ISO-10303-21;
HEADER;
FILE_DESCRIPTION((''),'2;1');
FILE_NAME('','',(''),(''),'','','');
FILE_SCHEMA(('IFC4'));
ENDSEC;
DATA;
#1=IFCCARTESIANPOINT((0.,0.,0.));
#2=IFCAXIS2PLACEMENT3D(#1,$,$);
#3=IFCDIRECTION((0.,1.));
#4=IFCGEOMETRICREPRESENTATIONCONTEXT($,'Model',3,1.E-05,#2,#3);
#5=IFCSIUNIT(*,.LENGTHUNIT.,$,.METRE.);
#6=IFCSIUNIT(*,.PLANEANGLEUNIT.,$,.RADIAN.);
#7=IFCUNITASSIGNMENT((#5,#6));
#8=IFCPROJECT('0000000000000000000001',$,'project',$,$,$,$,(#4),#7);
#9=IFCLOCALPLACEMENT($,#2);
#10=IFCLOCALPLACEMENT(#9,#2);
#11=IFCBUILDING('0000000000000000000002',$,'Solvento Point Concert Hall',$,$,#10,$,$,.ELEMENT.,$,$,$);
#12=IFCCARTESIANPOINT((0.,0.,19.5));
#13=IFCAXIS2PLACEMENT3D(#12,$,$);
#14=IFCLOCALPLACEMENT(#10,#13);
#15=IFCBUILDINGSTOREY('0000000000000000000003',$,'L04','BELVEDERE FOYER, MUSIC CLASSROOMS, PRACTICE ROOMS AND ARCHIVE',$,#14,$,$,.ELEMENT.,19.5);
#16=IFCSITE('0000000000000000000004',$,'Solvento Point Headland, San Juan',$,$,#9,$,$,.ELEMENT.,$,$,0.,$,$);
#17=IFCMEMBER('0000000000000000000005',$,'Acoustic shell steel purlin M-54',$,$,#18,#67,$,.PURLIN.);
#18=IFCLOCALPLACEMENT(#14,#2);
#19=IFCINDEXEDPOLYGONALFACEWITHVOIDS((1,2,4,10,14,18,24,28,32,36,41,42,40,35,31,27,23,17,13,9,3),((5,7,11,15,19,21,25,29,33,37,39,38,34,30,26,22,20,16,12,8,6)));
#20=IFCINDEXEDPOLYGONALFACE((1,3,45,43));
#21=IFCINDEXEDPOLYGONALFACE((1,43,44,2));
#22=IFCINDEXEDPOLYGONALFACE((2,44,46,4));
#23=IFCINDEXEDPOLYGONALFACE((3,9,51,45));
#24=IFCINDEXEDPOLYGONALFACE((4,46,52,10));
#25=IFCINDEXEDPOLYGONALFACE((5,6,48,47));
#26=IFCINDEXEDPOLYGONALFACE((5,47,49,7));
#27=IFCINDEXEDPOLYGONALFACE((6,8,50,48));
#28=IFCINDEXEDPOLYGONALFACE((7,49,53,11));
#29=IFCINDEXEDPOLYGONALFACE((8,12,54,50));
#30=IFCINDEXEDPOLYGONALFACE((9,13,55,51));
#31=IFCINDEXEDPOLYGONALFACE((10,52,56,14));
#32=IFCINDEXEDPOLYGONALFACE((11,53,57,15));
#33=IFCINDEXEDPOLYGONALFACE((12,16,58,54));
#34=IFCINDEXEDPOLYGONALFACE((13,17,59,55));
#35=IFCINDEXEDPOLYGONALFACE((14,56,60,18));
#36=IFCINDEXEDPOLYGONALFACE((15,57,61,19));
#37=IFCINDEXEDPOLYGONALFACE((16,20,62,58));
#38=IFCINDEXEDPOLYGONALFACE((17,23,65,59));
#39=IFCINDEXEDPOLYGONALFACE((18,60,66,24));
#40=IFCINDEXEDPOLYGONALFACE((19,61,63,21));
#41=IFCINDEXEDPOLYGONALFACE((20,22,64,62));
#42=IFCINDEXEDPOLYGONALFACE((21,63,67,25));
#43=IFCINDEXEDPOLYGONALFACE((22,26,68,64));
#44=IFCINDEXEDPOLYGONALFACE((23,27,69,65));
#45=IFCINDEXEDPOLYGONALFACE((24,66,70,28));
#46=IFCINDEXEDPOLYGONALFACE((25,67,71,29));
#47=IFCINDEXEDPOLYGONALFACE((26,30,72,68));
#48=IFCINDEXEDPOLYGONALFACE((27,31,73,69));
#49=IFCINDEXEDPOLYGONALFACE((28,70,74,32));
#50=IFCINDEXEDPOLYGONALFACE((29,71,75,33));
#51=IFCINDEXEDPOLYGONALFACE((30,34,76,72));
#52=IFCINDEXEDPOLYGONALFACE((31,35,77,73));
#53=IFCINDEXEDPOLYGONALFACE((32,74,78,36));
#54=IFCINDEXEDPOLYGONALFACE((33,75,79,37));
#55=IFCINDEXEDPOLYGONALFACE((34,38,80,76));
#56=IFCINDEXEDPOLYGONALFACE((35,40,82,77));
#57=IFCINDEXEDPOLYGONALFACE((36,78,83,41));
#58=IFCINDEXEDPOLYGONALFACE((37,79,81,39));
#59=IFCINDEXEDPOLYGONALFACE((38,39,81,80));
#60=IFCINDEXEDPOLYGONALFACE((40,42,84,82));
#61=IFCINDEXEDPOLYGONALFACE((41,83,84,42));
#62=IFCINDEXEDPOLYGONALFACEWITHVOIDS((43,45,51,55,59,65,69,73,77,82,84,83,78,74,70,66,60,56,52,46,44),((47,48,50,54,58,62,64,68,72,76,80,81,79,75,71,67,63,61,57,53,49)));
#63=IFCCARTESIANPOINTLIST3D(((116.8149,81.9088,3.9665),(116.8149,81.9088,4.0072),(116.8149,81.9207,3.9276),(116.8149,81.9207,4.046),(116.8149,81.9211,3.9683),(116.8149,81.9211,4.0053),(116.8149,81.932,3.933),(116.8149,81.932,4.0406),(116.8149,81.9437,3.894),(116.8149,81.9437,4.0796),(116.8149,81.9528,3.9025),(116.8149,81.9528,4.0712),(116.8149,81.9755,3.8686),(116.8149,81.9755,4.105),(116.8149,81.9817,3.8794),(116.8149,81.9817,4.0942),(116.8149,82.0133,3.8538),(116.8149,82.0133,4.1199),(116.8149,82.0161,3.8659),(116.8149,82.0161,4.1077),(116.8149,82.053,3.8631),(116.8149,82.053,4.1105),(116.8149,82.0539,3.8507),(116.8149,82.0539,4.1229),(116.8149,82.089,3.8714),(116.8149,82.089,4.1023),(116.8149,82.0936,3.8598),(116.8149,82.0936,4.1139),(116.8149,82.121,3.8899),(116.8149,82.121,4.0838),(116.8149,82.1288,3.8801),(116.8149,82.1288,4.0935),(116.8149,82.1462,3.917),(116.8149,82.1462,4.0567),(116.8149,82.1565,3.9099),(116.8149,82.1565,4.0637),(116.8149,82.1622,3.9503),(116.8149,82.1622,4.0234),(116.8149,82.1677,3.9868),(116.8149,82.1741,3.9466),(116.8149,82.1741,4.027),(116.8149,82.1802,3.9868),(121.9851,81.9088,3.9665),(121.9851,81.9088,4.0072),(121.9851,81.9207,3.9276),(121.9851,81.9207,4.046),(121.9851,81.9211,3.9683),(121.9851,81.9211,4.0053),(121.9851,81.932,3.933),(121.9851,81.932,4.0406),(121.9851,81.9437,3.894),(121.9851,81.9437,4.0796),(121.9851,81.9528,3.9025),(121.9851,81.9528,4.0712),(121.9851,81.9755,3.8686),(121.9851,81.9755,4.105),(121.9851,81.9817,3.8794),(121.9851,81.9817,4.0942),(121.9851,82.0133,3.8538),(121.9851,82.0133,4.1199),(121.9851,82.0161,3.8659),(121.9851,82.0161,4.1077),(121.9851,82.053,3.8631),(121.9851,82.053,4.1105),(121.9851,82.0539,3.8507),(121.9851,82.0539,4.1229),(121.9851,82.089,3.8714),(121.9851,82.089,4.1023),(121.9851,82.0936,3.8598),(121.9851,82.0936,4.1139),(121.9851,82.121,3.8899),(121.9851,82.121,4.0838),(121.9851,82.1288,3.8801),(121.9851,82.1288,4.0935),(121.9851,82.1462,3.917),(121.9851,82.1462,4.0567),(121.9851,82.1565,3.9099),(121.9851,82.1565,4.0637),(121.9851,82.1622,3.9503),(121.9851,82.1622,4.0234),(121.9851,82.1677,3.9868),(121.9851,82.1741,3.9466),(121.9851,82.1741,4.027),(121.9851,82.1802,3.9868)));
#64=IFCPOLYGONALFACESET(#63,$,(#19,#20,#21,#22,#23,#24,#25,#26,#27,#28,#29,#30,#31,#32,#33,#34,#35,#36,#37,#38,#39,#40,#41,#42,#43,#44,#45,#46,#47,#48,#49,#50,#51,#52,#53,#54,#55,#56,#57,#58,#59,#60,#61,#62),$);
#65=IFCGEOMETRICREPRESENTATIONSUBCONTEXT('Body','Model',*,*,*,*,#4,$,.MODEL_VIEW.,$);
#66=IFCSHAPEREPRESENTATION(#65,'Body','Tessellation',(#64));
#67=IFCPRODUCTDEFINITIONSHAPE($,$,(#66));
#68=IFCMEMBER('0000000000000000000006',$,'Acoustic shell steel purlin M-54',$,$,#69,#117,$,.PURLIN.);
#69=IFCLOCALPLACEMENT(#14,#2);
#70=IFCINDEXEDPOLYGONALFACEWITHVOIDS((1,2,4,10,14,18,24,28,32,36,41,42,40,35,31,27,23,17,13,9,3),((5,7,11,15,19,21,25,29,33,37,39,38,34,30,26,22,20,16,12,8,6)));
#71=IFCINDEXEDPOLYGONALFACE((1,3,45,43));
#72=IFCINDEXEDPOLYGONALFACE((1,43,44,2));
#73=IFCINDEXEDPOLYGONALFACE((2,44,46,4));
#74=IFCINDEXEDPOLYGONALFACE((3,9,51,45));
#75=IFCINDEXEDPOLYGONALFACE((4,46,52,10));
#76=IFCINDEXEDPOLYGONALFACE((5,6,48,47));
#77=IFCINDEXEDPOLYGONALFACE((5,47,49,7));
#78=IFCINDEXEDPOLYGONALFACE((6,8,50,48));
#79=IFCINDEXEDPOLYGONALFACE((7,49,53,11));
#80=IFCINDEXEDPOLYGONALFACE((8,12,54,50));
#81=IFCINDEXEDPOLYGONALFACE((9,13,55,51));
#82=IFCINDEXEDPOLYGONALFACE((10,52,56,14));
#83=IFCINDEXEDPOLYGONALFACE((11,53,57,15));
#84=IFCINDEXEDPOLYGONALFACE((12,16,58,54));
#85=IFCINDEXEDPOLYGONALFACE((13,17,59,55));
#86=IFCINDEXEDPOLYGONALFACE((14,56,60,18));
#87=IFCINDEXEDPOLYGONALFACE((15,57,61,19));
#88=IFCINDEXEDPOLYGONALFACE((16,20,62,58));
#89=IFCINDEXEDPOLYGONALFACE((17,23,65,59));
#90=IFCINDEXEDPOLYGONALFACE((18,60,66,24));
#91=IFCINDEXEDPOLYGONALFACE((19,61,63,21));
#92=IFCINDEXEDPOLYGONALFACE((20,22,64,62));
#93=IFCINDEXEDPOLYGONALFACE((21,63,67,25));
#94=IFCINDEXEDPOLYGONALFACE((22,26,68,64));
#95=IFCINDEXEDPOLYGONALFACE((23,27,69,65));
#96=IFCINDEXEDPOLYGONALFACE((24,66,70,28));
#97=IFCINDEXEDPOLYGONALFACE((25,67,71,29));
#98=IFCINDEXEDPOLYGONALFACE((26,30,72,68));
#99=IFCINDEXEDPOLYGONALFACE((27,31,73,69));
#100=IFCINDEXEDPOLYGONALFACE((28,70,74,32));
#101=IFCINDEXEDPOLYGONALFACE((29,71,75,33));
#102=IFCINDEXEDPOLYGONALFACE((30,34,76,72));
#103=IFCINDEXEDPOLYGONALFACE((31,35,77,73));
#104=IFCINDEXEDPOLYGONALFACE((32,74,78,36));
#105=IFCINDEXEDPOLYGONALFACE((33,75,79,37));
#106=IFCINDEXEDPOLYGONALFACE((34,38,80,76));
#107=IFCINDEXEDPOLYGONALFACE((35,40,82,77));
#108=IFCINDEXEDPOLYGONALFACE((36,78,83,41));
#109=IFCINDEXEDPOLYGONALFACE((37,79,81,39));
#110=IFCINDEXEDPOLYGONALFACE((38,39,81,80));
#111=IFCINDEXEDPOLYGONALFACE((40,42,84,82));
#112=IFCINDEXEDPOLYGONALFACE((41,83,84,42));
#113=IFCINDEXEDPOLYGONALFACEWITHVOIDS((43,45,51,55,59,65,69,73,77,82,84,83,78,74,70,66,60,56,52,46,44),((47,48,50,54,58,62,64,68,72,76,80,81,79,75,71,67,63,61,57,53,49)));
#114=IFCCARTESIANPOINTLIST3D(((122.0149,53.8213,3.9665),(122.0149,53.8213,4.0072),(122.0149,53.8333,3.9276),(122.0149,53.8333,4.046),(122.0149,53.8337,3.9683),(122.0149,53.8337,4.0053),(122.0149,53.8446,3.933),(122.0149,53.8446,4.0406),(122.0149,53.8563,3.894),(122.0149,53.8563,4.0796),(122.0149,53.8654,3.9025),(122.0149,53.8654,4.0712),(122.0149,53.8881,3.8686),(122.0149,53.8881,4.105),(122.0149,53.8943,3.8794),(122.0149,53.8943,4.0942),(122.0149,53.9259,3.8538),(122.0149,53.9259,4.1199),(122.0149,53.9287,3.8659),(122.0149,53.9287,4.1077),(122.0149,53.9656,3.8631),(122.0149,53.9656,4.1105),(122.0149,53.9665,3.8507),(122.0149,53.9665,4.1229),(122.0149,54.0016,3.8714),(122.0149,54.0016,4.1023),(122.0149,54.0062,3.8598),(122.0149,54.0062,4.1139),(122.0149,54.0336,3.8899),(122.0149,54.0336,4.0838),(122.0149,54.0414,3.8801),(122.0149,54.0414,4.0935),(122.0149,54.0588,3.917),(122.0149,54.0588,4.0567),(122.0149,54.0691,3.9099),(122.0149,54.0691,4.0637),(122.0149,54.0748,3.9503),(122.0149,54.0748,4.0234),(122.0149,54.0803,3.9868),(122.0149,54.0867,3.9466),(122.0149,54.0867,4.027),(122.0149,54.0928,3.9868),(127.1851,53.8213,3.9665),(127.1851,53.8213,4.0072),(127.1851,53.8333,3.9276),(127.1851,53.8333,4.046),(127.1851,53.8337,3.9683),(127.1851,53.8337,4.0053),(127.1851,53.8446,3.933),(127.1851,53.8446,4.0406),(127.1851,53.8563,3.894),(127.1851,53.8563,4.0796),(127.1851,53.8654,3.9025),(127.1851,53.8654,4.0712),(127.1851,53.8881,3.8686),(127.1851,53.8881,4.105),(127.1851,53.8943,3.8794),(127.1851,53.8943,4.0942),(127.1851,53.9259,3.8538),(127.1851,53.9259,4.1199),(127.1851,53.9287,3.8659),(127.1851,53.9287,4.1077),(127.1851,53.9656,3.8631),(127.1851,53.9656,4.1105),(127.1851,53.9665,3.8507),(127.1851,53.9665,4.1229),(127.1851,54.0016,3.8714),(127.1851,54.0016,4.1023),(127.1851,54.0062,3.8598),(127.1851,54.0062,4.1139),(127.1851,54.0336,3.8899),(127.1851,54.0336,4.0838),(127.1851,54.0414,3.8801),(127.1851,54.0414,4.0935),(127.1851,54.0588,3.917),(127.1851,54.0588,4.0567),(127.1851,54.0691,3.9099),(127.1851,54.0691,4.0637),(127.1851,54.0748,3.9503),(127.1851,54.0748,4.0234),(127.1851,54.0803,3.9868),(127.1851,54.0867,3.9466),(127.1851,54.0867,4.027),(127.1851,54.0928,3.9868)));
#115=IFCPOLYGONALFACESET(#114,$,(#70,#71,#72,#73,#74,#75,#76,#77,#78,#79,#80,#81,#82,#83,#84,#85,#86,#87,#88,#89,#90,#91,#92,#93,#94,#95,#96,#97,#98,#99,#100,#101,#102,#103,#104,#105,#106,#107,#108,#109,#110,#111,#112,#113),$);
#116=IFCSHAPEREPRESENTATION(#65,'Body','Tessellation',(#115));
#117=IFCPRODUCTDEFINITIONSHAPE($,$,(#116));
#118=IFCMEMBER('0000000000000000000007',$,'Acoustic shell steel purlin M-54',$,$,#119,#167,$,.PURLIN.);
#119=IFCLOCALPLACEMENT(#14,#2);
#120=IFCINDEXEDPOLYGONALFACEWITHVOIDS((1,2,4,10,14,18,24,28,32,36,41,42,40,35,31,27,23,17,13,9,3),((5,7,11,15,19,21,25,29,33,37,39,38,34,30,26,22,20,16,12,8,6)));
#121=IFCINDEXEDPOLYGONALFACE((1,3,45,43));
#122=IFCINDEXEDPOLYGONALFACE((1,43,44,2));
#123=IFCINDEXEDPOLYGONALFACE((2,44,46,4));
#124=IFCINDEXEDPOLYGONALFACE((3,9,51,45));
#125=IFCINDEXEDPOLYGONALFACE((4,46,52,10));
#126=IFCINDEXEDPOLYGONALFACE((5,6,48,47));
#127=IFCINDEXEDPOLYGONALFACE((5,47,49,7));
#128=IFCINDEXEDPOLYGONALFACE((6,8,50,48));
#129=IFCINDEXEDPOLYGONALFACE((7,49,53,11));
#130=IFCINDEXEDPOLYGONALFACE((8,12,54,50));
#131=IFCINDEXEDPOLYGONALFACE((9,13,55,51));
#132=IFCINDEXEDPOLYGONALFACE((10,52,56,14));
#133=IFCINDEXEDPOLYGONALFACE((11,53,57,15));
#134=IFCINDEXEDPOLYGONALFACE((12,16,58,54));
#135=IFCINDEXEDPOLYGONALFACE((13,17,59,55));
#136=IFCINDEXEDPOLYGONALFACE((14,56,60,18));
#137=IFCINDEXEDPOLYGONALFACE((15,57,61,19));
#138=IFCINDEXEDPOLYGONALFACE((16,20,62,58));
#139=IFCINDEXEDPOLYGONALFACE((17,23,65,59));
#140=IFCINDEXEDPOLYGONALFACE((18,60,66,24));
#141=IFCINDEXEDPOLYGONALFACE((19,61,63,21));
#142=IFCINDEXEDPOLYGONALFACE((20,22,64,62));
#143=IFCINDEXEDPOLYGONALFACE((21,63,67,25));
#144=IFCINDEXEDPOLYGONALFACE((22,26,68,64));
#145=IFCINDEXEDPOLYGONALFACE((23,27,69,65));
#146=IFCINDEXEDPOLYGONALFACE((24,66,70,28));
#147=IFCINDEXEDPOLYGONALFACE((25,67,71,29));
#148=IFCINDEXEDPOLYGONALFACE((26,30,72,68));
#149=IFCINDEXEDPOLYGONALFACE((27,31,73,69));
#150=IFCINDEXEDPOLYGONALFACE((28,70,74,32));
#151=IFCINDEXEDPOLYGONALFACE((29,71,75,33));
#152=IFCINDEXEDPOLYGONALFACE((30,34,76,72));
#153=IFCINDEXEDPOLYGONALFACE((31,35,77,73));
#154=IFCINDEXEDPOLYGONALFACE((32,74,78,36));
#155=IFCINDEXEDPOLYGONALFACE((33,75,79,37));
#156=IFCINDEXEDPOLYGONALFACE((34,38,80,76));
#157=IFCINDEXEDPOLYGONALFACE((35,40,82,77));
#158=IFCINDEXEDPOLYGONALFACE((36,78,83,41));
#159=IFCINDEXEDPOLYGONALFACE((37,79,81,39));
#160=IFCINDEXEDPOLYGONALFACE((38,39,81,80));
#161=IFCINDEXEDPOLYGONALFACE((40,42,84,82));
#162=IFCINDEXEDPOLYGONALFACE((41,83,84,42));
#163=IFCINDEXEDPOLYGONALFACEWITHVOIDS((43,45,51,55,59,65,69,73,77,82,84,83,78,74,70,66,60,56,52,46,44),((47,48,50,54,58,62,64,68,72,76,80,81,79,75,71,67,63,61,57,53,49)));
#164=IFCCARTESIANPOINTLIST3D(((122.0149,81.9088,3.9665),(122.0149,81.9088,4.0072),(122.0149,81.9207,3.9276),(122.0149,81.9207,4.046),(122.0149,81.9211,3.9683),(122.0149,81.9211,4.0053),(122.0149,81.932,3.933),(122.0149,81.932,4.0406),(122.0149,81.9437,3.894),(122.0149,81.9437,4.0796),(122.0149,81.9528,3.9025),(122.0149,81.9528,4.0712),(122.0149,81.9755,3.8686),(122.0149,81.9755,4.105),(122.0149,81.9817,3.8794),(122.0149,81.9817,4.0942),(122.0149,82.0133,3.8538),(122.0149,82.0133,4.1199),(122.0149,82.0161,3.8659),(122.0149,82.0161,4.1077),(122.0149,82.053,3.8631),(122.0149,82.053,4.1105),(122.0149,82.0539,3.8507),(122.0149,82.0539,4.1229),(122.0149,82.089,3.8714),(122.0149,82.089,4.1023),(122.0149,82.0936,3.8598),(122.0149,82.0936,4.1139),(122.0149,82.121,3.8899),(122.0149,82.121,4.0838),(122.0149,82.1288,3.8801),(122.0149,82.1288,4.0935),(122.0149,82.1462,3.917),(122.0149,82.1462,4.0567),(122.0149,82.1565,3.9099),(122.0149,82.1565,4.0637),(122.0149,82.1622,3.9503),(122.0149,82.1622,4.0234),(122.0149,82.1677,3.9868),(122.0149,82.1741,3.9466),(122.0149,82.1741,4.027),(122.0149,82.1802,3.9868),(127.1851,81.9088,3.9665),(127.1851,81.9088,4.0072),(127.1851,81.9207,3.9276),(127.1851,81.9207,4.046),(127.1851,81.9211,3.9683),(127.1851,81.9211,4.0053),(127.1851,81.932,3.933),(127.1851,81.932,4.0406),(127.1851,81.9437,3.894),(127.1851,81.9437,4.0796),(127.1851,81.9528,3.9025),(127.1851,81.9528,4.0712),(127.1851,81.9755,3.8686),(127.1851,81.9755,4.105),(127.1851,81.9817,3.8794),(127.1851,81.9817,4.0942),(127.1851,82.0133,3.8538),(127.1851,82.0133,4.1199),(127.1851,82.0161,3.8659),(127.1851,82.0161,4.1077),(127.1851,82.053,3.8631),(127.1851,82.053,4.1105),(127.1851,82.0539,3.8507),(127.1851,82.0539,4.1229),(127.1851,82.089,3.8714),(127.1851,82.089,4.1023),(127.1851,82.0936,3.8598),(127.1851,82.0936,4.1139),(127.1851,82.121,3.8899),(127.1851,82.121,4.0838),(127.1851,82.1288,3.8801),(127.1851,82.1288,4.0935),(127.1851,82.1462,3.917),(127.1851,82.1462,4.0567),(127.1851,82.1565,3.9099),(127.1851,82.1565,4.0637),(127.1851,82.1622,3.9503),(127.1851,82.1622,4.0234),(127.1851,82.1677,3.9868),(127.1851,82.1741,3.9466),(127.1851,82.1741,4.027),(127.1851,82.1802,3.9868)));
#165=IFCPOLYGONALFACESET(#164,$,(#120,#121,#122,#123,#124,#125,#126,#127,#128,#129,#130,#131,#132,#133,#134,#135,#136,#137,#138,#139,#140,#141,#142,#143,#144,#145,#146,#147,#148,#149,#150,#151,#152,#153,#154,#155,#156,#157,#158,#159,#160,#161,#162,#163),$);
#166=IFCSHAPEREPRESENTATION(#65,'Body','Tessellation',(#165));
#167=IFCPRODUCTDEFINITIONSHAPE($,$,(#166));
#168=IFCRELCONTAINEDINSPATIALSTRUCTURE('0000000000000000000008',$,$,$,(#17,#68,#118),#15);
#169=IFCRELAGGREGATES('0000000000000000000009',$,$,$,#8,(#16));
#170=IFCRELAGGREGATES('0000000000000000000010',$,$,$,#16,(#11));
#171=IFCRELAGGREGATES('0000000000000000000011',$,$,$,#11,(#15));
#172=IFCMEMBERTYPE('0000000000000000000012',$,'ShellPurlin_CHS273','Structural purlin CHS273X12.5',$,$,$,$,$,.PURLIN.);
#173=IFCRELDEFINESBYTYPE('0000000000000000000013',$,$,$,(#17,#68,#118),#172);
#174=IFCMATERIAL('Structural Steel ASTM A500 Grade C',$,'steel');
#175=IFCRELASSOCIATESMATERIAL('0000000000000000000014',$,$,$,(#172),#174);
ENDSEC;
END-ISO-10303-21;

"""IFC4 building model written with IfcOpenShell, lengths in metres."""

from ifc_helpers import new_model, si_unit, direction, frame, origin, origin_2d, place, context, subcontext, project, spatial, hollow_circle, extrude, material, material_profile, profile_set, type_object, element, save


model = new_model("IFC4")

# Units and contexts
model_context = context("Model", 3, precision=1e-05, world=origin(), true_north=direction((0.0, 1.0)))
body_context = subcontext(model_context, "Body", "Model", "MODEL_VIEW")
ifc_project = project(units=[si_unit("LENGTHUNIT", "METRE"), si_unit("PLANEANGLEUNIT", "RADIAN")], contexts=[model_context])

# Site, building, storey
site_placement = place(None, origin())
site = spatial("IfcSite", under=ifc_project, at=site_placement, Name="Solvento Point Headland, San Juan", CompositionType="ELEMENT", RefElevation=0.0)
building_placement = place(site_placement, origin())
building = spatial("IfcBuilding", under=site, at=building_placement, Name="Solvento Point Concert Hall", CompositionType="ELEMENT")
storey_placement = place(building_placement, frame((0.0, 0.0, 19.5)))
storey = spatial("IfcBuildingStorey", under=building, at=storey_placement, Name="L04", Description="BELVEDERE FOYER, MUSIC CLASSROOMS, PRACTICE ROOMS AND ARCHIVE", CompositionType="ELEMENT", Elevation=19.5)

# Members
ifc_material_1 = material(Name="Structural Steel ASTM A500 Grade C", Category="steel")
ifc_material_profile_1 = material_profile(ifc_material_1, hollow_circle(Radius=0.1365, WallThickness=0.0125, at=origin_2d()), Name="CHS273X12.5")
ifc_profile_set_1 = profile_set([ifc_material_profile_1], Name="Structural Steel ASTM A500 Grade C")
member_type_1 = type_object("IfcMemberType", Name="ShellPurlin_CHS273", Description="Structural purlin CHS273X12.5", PredefinedType="PURLIN", material=ifc_profile_set_1)
for number, where, z_axis, x_axis, name in (
    (1, (116.8149, 82.0437, 3.9868), (1.0, 0.0, 0.0), (0.0, 1.0, 0.0), "Acoustic shell steel purlin M-54"),
    (2, (122.0149, 53.9563, 3.9868), (1.0, 0.0, 0.0), (0.0, 1.0, 0.0), "Acoustic shell steel purlin M-54"),
    (3, (122.0149, 82.0437, 3.9868), (1.0, 0.0, 0.0), (0.0, 1.0, 0.0), "Acoustic shell steel purlin M-54"),
):
    element("IfcMember", number, at=place(storey_placement, frame(where, z_axis=z_axis, x_axis=x_axis)), inside=storey, type_object=member_type_1, Name=name, PredefinedType="PURLIN", context=body_context, shape_type="SweptSolid", body=[
        extrude(hollow_circle(Radius=0.1365, WallThickness=0.0125, at=origin_2d()), origin(), (0.0, 0.0, 1.0), 5.1702),
    ])

save(model, "model.ifc")
